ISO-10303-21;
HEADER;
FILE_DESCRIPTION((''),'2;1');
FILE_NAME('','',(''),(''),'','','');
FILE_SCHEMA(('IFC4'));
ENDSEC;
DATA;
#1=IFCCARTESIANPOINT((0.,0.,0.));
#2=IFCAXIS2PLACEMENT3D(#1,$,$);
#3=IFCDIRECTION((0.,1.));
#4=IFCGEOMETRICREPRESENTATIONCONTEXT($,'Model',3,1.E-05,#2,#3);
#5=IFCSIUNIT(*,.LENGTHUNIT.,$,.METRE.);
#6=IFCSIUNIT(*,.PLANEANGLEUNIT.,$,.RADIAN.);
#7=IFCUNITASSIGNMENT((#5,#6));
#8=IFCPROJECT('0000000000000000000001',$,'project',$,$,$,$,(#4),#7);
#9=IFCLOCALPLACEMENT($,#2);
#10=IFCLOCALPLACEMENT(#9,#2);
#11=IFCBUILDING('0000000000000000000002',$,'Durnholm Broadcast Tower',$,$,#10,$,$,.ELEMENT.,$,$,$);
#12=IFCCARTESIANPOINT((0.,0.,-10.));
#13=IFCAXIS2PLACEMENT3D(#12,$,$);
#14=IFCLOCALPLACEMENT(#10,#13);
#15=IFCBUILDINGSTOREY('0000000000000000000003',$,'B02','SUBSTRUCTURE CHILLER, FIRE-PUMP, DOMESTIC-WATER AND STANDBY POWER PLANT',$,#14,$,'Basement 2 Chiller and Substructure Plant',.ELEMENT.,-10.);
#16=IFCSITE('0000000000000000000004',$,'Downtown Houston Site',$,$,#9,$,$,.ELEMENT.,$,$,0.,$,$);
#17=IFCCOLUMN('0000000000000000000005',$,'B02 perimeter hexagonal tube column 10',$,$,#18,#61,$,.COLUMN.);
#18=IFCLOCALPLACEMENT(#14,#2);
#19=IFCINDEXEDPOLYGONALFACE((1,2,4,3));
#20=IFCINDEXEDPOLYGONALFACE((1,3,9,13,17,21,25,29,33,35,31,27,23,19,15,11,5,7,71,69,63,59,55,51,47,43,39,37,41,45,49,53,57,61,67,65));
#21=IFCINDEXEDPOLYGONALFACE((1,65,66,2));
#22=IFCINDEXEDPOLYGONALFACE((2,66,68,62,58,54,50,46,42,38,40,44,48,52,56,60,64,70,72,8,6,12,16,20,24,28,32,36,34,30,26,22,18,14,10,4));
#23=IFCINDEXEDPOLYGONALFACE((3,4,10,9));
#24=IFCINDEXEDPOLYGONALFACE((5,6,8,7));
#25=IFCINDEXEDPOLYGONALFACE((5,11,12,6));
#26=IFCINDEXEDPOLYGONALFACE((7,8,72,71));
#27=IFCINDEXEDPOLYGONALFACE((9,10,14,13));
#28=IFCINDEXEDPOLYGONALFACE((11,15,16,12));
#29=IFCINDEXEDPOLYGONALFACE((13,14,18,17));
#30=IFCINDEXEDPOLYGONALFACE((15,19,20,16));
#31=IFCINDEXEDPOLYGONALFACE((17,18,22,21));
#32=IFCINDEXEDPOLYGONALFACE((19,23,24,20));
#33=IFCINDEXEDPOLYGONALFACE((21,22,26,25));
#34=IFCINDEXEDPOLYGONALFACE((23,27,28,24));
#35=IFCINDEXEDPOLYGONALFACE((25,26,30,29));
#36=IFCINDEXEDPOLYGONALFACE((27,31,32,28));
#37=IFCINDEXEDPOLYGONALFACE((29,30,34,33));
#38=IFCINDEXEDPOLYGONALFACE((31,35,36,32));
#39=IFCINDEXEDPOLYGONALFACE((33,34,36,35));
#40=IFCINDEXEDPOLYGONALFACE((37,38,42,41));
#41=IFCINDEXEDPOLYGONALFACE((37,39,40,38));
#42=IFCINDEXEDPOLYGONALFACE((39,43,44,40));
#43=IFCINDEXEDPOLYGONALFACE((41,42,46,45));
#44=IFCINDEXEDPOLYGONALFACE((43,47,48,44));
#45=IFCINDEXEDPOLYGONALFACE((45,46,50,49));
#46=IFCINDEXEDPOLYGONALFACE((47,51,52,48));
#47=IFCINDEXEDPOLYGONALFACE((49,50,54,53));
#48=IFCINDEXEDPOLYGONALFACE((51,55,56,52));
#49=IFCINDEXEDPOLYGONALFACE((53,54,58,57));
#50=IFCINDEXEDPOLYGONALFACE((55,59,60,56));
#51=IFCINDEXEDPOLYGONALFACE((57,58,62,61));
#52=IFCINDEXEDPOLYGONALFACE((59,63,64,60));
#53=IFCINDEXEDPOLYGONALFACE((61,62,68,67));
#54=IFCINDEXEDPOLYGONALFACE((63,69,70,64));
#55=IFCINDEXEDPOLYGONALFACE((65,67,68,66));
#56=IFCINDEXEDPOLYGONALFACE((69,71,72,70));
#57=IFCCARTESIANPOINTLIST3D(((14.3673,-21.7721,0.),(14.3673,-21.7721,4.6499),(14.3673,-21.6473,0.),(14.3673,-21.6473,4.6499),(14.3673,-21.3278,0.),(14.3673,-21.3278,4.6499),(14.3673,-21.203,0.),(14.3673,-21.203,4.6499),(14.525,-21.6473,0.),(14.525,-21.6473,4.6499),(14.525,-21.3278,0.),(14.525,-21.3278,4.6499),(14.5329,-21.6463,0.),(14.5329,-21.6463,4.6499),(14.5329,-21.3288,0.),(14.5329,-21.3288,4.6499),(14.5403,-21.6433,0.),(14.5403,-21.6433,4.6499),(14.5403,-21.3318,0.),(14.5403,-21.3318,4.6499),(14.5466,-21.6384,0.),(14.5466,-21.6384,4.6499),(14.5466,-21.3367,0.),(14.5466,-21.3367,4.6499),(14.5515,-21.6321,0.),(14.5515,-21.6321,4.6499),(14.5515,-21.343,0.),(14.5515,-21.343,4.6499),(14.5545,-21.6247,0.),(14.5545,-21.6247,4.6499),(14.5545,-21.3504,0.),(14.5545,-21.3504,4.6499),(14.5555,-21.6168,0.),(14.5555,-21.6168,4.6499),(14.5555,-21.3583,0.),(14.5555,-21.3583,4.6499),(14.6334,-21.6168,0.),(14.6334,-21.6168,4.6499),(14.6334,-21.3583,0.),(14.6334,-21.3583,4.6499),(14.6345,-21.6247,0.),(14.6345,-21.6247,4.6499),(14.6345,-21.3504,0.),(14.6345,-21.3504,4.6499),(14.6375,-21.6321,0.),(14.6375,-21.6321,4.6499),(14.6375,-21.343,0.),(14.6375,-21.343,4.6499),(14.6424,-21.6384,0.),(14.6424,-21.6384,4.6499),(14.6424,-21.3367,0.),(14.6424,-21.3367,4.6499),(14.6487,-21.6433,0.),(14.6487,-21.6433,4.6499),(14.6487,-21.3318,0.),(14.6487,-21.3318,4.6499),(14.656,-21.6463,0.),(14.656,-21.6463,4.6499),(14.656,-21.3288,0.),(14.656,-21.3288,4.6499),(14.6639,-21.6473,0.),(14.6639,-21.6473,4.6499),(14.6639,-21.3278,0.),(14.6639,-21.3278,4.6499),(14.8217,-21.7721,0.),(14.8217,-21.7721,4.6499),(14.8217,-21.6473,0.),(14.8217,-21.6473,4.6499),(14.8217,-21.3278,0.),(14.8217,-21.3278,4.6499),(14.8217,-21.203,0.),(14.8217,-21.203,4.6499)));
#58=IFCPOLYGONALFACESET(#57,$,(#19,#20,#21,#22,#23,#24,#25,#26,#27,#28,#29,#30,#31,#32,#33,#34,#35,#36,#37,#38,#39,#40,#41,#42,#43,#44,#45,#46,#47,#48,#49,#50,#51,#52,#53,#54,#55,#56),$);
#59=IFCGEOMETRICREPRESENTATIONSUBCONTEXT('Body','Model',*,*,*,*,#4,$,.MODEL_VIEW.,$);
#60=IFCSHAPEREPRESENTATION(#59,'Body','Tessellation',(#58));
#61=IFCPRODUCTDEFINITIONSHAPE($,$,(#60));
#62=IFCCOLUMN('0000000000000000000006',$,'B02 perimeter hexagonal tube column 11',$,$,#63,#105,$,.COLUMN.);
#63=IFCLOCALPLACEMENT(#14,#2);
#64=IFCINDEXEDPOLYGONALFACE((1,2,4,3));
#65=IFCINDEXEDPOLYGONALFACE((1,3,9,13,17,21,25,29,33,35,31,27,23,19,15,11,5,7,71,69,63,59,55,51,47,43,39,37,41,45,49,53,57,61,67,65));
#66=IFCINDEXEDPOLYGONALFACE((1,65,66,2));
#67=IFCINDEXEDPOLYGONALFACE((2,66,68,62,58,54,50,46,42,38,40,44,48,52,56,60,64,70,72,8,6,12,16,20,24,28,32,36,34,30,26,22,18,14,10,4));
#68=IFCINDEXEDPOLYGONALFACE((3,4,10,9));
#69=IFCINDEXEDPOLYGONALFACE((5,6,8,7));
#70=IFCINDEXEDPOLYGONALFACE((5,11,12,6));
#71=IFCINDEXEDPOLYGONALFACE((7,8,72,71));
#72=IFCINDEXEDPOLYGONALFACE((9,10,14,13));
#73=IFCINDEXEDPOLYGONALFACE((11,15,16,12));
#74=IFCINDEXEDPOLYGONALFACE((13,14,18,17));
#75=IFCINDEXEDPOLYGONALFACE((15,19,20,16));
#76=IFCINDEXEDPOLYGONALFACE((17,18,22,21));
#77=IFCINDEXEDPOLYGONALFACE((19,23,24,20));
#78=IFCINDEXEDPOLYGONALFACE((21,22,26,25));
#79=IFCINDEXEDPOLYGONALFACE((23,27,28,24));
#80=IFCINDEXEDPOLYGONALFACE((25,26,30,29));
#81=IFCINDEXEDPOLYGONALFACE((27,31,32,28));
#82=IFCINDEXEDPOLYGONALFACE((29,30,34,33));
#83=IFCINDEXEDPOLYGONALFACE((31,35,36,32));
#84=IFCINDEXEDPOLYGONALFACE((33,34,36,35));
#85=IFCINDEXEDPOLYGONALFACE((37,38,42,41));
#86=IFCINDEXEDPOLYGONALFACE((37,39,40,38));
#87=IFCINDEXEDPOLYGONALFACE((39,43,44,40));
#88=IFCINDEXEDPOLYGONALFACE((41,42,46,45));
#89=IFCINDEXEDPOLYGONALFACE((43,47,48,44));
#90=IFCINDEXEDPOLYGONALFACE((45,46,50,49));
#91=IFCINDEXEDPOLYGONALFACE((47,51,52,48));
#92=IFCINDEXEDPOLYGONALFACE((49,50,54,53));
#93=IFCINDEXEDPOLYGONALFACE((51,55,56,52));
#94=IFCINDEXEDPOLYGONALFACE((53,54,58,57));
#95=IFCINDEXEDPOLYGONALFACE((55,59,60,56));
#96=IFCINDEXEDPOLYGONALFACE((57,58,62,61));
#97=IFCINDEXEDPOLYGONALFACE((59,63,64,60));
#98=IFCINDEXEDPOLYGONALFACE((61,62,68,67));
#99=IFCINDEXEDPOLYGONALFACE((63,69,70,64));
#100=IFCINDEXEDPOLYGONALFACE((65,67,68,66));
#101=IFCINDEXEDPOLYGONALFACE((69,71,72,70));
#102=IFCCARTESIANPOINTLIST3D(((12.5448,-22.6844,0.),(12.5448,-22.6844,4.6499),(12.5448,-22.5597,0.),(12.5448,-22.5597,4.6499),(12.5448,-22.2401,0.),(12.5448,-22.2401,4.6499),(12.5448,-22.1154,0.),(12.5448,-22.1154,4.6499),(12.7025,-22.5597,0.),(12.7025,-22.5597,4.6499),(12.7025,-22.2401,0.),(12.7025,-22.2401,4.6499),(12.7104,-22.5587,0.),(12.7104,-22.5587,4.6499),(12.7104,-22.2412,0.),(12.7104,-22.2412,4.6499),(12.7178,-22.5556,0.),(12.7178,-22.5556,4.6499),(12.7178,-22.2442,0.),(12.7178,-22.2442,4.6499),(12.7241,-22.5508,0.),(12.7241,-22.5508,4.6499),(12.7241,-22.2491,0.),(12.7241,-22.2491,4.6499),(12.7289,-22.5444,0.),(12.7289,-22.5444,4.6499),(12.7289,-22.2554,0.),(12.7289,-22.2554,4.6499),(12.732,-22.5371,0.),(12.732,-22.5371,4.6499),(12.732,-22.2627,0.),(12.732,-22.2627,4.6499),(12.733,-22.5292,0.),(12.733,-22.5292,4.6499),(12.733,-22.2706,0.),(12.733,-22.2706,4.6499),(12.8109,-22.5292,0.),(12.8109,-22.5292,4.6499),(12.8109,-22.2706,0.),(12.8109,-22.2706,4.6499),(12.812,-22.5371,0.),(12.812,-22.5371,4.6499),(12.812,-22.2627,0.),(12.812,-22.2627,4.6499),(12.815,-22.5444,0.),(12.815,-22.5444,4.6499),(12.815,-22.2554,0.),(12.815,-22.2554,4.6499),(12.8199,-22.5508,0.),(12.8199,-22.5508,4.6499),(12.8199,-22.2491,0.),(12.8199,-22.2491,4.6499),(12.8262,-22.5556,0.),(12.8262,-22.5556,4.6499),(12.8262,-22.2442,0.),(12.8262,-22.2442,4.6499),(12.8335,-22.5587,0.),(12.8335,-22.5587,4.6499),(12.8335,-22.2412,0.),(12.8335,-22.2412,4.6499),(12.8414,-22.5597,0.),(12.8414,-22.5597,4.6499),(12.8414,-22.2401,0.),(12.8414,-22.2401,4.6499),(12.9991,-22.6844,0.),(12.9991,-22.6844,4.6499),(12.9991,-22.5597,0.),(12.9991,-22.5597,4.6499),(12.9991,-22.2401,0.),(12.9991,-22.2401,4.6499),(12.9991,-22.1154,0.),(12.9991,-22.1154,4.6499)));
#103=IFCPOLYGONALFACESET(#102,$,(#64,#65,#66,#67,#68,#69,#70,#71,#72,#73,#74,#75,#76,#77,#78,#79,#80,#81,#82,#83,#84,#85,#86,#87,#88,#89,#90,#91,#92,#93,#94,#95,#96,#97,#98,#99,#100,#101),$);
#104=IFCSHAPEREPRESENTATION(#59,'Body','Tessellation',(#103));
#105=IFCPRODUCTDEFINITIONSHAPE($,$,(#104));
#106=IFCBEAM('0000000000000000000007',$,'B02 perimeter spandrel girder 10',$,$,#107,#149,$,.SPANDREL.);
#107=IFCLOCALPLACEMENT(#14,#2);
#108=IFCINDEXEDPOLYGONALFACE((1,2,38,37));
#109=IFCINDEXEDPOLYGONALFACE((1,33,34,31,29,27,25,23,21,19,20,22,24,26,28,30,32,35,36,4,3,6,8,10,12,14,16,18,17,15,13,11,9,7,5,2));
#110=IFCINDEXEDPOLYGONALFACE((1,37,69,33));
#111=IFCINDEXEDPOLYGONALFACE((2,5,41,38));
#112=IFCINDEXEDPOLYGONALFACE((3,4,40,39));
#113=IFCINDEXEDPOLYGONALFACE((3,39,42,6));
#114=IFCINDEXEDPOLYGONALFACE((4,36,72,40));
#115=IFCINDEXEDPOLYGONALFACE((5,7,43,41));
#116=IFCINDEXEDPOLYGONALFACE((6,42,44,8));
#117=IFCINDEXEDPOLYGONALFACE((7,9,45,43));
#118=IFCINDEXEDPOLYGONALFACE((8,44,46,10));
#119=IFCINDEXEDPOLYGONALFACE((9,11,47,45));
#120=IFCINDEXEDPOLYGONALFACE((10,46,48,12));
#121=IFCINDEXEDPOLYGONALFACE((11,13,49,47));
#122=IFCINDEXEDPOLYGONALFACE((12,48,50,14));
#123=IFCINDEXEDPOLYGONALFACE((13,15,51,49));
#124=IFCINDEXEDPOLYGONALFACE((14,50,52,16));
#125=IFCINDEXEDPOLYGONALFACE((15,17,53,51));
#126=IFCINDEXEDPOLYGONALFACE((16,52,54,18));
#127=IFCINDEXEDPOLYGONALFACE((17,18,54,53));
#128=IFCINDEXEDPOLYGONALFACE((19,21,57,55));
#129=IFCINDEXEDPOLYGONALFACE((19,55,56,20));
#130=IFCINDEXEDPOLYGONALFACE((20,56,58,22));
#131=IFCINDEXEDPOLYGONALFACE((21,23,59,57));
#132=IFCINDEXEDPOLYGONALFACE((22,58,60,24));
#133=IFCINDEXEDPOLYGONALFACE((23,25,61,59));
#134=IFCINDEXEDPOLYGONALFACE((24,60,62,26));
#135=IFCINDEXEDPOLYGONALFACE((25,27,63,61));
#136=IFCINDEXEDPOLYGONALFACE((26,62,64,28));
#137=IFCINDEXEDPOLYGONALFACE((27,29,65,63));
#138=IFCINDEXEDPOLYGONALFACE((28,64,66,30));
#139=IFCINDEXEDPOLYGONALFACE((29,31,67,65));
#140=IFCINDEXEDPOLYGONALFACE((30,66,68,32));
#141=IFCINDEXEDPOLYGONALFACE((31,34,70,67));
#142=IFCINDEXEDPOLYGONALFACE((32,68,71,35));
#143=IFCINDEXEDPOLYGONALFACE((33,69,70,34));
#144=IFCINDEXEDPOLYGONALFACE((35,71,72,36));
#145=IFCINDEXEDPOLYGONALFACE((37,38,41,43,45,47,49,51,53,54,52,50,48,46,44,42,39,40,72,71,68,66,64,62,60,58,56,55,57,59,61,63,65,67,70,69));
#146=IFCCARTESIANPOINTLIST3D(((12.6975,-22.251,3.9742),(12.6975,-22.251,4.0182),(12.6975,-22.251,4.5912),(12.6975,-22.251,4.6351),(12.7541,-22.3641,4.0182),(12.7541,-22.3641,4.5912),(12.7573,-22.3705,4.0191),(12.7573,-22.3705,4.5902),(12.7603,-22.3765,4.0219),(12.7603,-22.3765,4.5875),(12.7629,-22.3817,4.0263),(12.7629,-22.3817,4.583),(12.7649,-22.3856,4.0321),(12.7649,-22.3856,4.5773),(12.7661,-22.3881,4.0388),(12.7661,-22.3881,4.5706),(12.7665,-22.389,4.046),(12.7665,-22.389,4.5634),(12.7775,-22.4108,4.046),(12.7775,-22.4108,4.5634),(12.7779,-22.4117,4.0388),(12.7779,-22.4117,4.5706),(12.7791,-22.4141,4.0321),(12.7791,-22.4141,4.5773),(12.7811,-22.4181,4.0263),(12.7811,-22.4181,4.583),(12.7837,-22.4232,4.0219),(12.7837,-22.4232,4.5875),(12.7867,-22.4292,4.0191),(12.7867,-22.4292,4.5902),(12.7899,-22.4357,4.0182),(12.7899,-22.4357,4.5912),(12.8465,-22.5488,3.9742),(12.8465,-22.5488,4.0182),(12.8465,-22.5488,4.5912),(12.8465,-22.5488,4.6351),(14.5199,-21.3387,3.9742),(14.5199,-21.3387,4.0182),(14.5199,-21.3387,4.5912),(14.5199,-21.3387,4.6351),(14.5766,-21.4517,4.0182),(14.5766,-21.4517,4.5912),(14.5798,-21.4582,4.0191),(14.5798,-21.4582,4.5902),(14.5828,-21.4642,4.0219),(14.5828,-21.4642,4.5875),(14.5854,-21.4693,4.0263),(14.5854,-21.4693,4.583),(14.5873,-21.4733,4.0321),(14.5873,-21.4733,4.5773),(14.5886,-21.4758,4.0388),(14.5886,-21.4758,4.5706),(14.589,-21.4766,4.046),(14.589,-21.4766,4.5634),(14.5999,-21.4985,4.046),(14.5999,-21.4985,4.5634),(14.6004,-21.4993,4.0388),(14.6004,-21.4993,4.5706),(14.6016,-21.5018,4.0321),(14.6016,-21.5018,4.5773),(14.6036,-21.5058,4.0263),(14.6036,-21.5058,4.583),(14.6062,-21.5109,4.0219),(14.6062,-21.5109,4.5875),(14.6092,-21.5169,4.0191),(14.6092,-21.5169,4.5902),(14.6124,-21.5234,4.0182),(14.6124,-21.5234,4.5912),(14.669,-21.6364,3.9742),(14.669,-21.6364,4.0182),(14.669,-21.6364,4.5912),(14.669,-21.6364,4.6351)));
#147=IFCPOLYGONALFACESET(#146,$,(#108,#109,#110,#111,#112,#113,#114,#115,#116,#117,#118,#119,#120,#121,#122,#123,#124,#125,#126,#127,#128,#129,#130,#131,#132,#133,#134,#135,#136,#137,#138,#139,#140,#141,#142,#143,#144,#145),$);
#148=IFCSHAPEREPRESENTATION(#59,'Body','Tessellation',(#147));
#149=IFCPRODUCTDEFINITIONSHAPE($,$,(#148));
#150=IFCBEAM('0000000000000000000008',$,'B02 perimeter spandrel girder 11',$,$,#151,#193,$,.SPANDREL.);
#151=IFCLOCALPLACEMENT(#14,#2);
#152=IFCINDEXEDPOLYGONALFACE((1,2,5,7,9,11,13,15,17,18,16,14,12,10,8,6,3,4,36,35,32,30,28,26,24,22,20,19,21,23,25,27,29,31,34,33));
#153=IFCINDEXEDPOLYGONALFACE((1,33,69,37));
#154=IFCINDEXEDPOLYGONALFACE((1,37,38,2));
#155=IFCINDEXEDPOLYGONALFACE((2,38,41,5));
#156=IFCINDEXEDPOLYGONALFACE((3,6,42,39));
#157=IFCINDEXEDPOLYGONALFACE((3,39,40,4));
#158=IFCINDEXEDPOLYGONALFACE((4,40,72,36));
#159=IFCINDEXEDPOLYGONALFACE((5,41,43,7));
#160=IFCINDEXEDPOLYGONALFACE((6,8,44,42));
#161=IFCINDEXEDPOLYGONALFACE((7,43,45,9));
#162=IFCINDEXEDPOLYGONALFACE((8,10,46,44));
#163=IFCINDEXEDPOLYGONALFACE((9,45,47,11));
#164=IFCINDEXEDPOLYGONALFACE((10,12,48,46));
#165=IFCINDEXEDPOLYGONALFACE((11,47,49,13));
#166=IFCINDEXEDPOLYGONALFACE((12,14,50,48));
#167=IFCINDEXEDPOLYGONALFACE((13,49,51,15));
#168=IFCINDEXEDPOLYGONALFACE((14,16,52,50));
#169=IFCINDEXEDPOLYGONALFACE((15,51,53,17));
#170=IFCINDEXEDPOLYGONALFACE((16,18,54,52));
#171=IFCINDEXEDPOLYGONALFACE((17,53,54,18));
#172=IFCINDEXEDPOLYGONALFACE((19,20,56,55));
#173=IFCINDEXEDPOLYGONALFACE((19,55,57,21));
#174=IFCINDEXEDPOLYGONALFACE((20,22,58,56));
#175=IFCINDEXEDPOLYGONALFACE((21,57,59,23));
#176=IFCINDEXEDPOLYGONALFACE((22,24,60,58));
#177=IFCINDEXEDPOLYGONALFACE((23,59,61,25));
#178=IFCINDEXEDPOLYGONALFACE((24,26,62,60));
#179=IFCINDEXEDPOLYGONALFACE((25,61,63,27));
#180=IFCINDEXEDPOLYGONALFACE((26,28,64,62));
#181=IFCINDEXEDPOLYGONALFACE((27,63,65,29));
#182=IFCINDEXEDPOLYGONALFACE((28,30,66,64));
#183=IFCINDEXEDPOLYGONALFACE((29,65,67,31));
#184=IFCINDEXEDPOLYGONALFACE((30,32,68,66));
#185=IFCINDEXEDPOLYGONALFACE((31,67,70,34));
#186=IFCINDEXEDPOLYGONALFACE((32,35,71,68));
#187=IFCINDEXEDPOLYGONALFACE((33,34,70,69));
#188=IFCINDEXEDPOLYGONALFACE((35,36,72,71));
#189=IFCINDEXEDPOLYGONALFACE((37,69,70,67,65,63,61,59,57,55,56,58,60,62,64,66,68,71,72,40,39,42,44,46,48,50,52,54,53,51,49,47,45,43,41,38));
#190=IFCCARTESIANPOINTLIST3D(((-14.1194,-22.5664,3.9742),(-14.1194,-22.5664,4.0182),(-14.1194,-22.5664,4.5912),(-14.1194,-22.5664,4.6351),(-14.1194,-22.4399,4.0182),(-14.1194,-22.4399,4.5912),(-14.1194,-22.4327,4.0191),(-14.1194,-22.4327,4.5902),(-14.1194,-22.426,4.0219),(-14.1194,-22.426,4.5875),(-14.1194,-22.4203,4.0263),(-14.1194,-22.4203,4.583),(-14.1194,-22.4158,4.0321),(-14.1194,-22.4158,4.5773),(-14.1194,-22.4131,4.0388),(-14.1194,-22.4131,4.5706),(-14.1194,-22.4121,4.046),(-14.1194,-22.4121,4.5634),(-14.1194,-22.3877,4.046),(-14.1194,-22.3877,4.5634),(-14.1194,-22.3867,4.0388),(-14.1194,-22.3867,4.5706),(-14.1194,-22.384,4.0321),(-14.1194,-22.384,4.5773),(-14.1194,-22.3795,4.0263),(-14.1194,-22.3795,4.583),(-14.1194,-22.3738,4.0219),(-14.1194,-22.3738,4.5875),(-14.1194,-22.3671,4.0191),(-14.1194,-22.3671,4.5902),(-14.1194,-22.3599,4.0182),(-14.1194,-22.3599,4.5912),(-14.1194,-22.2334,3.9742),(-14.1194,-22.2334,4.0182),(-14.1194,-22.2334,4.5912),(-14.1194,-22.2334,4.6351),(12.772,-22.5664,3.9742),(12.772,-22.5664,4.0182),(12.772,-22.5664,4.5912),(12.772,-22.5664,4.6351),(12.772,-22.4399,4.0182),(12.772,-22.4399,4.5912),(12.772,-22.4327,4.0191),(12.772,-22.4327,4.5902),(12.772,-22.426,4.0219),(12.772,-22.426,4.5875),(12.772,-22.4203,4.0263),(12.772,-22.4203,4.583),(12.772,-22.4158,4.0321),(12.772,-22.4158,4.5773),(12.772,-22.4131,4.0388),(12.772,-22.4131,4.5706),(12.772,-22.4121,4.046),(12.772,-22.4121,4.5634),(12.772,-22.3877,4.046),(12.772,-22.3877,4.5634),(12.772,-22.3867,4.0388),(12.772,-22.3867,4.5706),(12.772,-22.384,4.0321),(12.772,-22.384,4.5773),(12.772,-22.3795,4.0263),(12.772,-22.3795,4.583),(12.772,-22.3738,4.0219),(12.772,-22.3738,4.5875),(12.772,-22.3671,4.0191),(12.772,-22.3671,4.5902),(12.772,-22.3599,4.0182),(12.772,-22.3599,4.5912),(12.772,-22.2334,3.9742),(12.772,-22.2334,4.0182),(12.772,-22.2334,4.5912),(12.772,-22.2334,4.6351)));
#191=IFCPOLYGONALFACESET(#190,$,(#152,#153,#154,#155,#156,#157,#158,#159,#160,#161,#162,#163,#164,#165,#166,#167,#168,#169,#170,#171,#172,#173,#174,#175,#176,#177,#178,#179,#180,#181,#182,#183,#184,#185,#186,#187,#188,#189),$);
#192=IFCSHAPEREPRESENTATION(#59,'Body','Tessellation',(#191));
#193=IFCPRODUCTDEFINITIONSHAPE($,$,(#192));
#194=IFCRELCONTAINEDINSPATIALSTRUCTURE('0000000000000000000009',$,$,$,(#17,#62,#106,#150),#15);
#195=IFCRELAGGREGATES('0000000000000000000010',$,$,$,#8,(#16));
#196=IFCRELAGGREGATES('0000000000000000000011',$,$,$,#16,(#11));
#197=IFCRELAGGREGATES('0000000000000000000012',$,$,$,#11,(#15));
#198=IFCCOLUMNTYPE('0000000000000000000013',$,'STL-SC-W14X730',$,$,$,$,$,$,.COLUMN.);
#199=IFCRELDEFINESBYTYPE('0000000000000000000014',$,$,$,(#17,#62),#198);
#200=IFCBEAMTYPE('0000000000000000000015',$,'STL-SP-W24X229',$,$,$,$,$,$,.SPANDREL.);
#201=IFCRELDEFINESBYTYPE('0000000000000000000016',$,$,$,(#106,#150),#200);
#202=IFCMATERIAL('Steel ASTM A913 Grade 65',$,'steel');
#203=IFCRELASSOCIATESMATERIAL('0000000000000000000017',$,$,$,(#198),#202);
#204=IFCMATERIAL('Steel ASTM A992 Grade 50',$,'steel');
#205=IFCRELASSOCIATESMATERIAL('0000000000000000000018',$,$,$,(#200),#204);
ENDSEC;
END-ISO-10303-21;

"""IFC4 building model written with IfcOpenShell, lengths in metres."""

from ifc_helpers import new_model, si_unit, direction, frame, origin, origin_2d, place, context, subcontext, project, spatial, i_section, extrude, source, transform, mapped, material, material_profile, profile_set, type_object, type_shapes, element, save


model = new_model("IFC4")

# Units and contexts
model_context = context("Model", 3, precision=1e-05, world=origin(), true_north=direction((0.0, 1.0)))
body_context = subcontext(model_context, "Body", "Model", "MODEL_VIEW")
ifc_project = project(units=[si_unit("LENGTHUNIT", "METRE"), si_unit("PLANEANGLEUNIT", "RADIAN")], contexts=[model_context])

# Site, building, storey
site_placement = place(None, origin())
site = spatial("IfcSite", under=ifc_project, at=site_placement, Name="Downtown Houston Site", CompositionType="ELEMENT", RefElevation=0.0)
building_placement = place(site_placement, origin())
building = spatial("IfcBuilding", under=site, at=building_placement, Name="Durnholm Broadcast Tower", CompositionType="ELEMENT")
storey_placement = place(building_placement, frame((0.0, 0.0, -10.0)))
storey = spatial("IfcBuildingStorey", under=building, at=storey_placement, Name="B02", Description="SUBSTRUCTURE CHILLER, FIRE-PUMP, DOMESTIC-WATER AND STANDBY POWER PLANT", LongName="Basement 2 Chiller and Substructure Plant", CompositionType="ELEMENT", Elevation=-10.0)

# Columns
ifc_material_1 = material(Name="Steel ASTM A913 Grade 65", Category="steel")
ifc_material_profile_1 = material_profile(ifc_material_1, i_section(OverallWidth=0.4543, OverallDepth=0.5691, WebThickness=0.0779, FlangeThickness=0.1248, FilletRadius=0.0305, at=origin_2d()), Name="W14X730")
ifc_profile_set_1 = profile_set([ifc_material_profile_1], Name="Steel ASTM A913 Grade 65")
column_type = type_object("IfcColumnType", Name="STL-SC-W14X730", PredefinedType="COLUMN", material=ifc_profile_set_1)
shared_shape_1 = source(origin(), body_context, "Body", "SweptSolid", [
    extrude(i_section(OverallWidth=0.4543, OverallDepth=0.5691, WebThickness=0.0779, FlangeThickness=0.1248, FilletRadius=0.0305, at=origin_2d()), origin(), (0.0, 0.0, 1.0), 4.6499),
])
type_shapes(column_type, [shared_shape_1])
for number, where, z_axis, x_axis, name in (
    (1, (14.5945, -21.4875, 0.0), (0.0, 0.0, 1.0), (1.0, 0.0, 0.0), "B02 perimeter hexagonal tube column 10"),
    (2, (12.772, -22.3999, 0.0), (0.0, 0.0, 1.0), (1.0, 0.0, 0.0), "B02 perimeter hexagonal tube column 11"),
):
    element("IfcColumn", number, at=place(storey_placement, frame(where, z_axis=z_axis, x_axis=x_axis)), inside=storey, type_object=column_type, Name=name, PredefinedType="COLUMN", context=body_context, shape_type="MappedRepresentation", body=[
        mapped(shared_shape_1, transform((0.0, 0.0, 0.0), x_axis=(1.0, 0.0, 0.0), y_axis=(0.0, 1.0, 0.0), z_axis=(0.0, 0.0, 1.0), scale=1.0)),
    ])

# Beams
ifc_material_2 = material(Name="Steel ASTM A992 Grade 50", Category="steel")
ifc_material_profile_2 = material_profile(ifc_material_2, i_section(OverallWidth=0.333, OverallDepth=0.6609, WebThickness=0.0244, FlangeThickness=0.0439, FilletRadius=0.0278, at=origin_2d()), Name="W24X229")
ifc_profile_set_2 = profile_set([ifc_material_profile_2], Name="Steel ASTM A992 Grade 50")
beam_type_1 = type_object("IfcBeamType", Name="STL-SP-W24X229", PredefinedType="SPANDREL", material=ifc_profile_set_2)
shared_shape_2 = source(origin(), body_context, "Body", "SweptSolid", [
    extrude(i_section(OverallWidth=0.333, OverallDepth=0.6609, WebThickness=0.0244, FlangeThickness=0.0439, FilletRadius=0.0278, at=origin_2d()), origin(), (0.0, 0.0, 1.0), 2.0381),
])
beam_1_placement = place(storey_placement, frame((14.5945, -21.4875, 4.3047), z_axis=(-0.894211, -0.447645, 0.0), x_axis=(0.447645, -0.894211, 0.0)))
element("IfcBeam", 3, at=beam_1_placement, inside=storey, type_object=beam_type_1, Name="B02 perimeter spandrel girder 10", PredefinedType="SPANDREL", context=body_context, shape_type="MappedRepresentation", body=[
    mapped(shared_shape_2, transform((0.0, 0.0, 0.0), x_axis=(1.0, 0.0, 0.0), y_axis=(0.0, 1.0, 0.0), z_axis=(0.0, 0.0, 1.0), scale=1.0)),
])
shared_shape_3 = source(origin(), body_context, "Body", "SweptSolid", [
    extrude(i_section(OverallWidth=0.333, OverallDepth=0.6609, WebThickness=0.0244, FlangeThickness=0.0439, FilletRadius=0.0278, at=origin_2d()), origin(), (0.0, 0.0, 1.0), 26.8914),
])
type_shapes(beam_type_1, [shared_shape_2, shared_shape_3])
beam_2_placement = place(storey_placement, frame((12.772, -22.3999, 4.3047), z_axis=(-1.0, 0.0, 0.0), x_axis=(0.0, -1.0, 0.0)))
element("IfcBeam", 4, at=beam_2_placement, inside=storey, type_object=beam_type_1, Name="B02 perimeter spandrel girder 11", PredefinedType="SPANDREL", context=body_context, shape_type="MappedRepresentation", body=[
    mapped(shared_shape_3, transform((0.0, 0.0, 0.0), x_axis=(1.0, 0.0, 0.0), y_axis=(0.0, 1.0, 0.0), z_axis=(0.0, 0.0, 1.0), scale=1.0)),
])

save(model, "model.ifc")
